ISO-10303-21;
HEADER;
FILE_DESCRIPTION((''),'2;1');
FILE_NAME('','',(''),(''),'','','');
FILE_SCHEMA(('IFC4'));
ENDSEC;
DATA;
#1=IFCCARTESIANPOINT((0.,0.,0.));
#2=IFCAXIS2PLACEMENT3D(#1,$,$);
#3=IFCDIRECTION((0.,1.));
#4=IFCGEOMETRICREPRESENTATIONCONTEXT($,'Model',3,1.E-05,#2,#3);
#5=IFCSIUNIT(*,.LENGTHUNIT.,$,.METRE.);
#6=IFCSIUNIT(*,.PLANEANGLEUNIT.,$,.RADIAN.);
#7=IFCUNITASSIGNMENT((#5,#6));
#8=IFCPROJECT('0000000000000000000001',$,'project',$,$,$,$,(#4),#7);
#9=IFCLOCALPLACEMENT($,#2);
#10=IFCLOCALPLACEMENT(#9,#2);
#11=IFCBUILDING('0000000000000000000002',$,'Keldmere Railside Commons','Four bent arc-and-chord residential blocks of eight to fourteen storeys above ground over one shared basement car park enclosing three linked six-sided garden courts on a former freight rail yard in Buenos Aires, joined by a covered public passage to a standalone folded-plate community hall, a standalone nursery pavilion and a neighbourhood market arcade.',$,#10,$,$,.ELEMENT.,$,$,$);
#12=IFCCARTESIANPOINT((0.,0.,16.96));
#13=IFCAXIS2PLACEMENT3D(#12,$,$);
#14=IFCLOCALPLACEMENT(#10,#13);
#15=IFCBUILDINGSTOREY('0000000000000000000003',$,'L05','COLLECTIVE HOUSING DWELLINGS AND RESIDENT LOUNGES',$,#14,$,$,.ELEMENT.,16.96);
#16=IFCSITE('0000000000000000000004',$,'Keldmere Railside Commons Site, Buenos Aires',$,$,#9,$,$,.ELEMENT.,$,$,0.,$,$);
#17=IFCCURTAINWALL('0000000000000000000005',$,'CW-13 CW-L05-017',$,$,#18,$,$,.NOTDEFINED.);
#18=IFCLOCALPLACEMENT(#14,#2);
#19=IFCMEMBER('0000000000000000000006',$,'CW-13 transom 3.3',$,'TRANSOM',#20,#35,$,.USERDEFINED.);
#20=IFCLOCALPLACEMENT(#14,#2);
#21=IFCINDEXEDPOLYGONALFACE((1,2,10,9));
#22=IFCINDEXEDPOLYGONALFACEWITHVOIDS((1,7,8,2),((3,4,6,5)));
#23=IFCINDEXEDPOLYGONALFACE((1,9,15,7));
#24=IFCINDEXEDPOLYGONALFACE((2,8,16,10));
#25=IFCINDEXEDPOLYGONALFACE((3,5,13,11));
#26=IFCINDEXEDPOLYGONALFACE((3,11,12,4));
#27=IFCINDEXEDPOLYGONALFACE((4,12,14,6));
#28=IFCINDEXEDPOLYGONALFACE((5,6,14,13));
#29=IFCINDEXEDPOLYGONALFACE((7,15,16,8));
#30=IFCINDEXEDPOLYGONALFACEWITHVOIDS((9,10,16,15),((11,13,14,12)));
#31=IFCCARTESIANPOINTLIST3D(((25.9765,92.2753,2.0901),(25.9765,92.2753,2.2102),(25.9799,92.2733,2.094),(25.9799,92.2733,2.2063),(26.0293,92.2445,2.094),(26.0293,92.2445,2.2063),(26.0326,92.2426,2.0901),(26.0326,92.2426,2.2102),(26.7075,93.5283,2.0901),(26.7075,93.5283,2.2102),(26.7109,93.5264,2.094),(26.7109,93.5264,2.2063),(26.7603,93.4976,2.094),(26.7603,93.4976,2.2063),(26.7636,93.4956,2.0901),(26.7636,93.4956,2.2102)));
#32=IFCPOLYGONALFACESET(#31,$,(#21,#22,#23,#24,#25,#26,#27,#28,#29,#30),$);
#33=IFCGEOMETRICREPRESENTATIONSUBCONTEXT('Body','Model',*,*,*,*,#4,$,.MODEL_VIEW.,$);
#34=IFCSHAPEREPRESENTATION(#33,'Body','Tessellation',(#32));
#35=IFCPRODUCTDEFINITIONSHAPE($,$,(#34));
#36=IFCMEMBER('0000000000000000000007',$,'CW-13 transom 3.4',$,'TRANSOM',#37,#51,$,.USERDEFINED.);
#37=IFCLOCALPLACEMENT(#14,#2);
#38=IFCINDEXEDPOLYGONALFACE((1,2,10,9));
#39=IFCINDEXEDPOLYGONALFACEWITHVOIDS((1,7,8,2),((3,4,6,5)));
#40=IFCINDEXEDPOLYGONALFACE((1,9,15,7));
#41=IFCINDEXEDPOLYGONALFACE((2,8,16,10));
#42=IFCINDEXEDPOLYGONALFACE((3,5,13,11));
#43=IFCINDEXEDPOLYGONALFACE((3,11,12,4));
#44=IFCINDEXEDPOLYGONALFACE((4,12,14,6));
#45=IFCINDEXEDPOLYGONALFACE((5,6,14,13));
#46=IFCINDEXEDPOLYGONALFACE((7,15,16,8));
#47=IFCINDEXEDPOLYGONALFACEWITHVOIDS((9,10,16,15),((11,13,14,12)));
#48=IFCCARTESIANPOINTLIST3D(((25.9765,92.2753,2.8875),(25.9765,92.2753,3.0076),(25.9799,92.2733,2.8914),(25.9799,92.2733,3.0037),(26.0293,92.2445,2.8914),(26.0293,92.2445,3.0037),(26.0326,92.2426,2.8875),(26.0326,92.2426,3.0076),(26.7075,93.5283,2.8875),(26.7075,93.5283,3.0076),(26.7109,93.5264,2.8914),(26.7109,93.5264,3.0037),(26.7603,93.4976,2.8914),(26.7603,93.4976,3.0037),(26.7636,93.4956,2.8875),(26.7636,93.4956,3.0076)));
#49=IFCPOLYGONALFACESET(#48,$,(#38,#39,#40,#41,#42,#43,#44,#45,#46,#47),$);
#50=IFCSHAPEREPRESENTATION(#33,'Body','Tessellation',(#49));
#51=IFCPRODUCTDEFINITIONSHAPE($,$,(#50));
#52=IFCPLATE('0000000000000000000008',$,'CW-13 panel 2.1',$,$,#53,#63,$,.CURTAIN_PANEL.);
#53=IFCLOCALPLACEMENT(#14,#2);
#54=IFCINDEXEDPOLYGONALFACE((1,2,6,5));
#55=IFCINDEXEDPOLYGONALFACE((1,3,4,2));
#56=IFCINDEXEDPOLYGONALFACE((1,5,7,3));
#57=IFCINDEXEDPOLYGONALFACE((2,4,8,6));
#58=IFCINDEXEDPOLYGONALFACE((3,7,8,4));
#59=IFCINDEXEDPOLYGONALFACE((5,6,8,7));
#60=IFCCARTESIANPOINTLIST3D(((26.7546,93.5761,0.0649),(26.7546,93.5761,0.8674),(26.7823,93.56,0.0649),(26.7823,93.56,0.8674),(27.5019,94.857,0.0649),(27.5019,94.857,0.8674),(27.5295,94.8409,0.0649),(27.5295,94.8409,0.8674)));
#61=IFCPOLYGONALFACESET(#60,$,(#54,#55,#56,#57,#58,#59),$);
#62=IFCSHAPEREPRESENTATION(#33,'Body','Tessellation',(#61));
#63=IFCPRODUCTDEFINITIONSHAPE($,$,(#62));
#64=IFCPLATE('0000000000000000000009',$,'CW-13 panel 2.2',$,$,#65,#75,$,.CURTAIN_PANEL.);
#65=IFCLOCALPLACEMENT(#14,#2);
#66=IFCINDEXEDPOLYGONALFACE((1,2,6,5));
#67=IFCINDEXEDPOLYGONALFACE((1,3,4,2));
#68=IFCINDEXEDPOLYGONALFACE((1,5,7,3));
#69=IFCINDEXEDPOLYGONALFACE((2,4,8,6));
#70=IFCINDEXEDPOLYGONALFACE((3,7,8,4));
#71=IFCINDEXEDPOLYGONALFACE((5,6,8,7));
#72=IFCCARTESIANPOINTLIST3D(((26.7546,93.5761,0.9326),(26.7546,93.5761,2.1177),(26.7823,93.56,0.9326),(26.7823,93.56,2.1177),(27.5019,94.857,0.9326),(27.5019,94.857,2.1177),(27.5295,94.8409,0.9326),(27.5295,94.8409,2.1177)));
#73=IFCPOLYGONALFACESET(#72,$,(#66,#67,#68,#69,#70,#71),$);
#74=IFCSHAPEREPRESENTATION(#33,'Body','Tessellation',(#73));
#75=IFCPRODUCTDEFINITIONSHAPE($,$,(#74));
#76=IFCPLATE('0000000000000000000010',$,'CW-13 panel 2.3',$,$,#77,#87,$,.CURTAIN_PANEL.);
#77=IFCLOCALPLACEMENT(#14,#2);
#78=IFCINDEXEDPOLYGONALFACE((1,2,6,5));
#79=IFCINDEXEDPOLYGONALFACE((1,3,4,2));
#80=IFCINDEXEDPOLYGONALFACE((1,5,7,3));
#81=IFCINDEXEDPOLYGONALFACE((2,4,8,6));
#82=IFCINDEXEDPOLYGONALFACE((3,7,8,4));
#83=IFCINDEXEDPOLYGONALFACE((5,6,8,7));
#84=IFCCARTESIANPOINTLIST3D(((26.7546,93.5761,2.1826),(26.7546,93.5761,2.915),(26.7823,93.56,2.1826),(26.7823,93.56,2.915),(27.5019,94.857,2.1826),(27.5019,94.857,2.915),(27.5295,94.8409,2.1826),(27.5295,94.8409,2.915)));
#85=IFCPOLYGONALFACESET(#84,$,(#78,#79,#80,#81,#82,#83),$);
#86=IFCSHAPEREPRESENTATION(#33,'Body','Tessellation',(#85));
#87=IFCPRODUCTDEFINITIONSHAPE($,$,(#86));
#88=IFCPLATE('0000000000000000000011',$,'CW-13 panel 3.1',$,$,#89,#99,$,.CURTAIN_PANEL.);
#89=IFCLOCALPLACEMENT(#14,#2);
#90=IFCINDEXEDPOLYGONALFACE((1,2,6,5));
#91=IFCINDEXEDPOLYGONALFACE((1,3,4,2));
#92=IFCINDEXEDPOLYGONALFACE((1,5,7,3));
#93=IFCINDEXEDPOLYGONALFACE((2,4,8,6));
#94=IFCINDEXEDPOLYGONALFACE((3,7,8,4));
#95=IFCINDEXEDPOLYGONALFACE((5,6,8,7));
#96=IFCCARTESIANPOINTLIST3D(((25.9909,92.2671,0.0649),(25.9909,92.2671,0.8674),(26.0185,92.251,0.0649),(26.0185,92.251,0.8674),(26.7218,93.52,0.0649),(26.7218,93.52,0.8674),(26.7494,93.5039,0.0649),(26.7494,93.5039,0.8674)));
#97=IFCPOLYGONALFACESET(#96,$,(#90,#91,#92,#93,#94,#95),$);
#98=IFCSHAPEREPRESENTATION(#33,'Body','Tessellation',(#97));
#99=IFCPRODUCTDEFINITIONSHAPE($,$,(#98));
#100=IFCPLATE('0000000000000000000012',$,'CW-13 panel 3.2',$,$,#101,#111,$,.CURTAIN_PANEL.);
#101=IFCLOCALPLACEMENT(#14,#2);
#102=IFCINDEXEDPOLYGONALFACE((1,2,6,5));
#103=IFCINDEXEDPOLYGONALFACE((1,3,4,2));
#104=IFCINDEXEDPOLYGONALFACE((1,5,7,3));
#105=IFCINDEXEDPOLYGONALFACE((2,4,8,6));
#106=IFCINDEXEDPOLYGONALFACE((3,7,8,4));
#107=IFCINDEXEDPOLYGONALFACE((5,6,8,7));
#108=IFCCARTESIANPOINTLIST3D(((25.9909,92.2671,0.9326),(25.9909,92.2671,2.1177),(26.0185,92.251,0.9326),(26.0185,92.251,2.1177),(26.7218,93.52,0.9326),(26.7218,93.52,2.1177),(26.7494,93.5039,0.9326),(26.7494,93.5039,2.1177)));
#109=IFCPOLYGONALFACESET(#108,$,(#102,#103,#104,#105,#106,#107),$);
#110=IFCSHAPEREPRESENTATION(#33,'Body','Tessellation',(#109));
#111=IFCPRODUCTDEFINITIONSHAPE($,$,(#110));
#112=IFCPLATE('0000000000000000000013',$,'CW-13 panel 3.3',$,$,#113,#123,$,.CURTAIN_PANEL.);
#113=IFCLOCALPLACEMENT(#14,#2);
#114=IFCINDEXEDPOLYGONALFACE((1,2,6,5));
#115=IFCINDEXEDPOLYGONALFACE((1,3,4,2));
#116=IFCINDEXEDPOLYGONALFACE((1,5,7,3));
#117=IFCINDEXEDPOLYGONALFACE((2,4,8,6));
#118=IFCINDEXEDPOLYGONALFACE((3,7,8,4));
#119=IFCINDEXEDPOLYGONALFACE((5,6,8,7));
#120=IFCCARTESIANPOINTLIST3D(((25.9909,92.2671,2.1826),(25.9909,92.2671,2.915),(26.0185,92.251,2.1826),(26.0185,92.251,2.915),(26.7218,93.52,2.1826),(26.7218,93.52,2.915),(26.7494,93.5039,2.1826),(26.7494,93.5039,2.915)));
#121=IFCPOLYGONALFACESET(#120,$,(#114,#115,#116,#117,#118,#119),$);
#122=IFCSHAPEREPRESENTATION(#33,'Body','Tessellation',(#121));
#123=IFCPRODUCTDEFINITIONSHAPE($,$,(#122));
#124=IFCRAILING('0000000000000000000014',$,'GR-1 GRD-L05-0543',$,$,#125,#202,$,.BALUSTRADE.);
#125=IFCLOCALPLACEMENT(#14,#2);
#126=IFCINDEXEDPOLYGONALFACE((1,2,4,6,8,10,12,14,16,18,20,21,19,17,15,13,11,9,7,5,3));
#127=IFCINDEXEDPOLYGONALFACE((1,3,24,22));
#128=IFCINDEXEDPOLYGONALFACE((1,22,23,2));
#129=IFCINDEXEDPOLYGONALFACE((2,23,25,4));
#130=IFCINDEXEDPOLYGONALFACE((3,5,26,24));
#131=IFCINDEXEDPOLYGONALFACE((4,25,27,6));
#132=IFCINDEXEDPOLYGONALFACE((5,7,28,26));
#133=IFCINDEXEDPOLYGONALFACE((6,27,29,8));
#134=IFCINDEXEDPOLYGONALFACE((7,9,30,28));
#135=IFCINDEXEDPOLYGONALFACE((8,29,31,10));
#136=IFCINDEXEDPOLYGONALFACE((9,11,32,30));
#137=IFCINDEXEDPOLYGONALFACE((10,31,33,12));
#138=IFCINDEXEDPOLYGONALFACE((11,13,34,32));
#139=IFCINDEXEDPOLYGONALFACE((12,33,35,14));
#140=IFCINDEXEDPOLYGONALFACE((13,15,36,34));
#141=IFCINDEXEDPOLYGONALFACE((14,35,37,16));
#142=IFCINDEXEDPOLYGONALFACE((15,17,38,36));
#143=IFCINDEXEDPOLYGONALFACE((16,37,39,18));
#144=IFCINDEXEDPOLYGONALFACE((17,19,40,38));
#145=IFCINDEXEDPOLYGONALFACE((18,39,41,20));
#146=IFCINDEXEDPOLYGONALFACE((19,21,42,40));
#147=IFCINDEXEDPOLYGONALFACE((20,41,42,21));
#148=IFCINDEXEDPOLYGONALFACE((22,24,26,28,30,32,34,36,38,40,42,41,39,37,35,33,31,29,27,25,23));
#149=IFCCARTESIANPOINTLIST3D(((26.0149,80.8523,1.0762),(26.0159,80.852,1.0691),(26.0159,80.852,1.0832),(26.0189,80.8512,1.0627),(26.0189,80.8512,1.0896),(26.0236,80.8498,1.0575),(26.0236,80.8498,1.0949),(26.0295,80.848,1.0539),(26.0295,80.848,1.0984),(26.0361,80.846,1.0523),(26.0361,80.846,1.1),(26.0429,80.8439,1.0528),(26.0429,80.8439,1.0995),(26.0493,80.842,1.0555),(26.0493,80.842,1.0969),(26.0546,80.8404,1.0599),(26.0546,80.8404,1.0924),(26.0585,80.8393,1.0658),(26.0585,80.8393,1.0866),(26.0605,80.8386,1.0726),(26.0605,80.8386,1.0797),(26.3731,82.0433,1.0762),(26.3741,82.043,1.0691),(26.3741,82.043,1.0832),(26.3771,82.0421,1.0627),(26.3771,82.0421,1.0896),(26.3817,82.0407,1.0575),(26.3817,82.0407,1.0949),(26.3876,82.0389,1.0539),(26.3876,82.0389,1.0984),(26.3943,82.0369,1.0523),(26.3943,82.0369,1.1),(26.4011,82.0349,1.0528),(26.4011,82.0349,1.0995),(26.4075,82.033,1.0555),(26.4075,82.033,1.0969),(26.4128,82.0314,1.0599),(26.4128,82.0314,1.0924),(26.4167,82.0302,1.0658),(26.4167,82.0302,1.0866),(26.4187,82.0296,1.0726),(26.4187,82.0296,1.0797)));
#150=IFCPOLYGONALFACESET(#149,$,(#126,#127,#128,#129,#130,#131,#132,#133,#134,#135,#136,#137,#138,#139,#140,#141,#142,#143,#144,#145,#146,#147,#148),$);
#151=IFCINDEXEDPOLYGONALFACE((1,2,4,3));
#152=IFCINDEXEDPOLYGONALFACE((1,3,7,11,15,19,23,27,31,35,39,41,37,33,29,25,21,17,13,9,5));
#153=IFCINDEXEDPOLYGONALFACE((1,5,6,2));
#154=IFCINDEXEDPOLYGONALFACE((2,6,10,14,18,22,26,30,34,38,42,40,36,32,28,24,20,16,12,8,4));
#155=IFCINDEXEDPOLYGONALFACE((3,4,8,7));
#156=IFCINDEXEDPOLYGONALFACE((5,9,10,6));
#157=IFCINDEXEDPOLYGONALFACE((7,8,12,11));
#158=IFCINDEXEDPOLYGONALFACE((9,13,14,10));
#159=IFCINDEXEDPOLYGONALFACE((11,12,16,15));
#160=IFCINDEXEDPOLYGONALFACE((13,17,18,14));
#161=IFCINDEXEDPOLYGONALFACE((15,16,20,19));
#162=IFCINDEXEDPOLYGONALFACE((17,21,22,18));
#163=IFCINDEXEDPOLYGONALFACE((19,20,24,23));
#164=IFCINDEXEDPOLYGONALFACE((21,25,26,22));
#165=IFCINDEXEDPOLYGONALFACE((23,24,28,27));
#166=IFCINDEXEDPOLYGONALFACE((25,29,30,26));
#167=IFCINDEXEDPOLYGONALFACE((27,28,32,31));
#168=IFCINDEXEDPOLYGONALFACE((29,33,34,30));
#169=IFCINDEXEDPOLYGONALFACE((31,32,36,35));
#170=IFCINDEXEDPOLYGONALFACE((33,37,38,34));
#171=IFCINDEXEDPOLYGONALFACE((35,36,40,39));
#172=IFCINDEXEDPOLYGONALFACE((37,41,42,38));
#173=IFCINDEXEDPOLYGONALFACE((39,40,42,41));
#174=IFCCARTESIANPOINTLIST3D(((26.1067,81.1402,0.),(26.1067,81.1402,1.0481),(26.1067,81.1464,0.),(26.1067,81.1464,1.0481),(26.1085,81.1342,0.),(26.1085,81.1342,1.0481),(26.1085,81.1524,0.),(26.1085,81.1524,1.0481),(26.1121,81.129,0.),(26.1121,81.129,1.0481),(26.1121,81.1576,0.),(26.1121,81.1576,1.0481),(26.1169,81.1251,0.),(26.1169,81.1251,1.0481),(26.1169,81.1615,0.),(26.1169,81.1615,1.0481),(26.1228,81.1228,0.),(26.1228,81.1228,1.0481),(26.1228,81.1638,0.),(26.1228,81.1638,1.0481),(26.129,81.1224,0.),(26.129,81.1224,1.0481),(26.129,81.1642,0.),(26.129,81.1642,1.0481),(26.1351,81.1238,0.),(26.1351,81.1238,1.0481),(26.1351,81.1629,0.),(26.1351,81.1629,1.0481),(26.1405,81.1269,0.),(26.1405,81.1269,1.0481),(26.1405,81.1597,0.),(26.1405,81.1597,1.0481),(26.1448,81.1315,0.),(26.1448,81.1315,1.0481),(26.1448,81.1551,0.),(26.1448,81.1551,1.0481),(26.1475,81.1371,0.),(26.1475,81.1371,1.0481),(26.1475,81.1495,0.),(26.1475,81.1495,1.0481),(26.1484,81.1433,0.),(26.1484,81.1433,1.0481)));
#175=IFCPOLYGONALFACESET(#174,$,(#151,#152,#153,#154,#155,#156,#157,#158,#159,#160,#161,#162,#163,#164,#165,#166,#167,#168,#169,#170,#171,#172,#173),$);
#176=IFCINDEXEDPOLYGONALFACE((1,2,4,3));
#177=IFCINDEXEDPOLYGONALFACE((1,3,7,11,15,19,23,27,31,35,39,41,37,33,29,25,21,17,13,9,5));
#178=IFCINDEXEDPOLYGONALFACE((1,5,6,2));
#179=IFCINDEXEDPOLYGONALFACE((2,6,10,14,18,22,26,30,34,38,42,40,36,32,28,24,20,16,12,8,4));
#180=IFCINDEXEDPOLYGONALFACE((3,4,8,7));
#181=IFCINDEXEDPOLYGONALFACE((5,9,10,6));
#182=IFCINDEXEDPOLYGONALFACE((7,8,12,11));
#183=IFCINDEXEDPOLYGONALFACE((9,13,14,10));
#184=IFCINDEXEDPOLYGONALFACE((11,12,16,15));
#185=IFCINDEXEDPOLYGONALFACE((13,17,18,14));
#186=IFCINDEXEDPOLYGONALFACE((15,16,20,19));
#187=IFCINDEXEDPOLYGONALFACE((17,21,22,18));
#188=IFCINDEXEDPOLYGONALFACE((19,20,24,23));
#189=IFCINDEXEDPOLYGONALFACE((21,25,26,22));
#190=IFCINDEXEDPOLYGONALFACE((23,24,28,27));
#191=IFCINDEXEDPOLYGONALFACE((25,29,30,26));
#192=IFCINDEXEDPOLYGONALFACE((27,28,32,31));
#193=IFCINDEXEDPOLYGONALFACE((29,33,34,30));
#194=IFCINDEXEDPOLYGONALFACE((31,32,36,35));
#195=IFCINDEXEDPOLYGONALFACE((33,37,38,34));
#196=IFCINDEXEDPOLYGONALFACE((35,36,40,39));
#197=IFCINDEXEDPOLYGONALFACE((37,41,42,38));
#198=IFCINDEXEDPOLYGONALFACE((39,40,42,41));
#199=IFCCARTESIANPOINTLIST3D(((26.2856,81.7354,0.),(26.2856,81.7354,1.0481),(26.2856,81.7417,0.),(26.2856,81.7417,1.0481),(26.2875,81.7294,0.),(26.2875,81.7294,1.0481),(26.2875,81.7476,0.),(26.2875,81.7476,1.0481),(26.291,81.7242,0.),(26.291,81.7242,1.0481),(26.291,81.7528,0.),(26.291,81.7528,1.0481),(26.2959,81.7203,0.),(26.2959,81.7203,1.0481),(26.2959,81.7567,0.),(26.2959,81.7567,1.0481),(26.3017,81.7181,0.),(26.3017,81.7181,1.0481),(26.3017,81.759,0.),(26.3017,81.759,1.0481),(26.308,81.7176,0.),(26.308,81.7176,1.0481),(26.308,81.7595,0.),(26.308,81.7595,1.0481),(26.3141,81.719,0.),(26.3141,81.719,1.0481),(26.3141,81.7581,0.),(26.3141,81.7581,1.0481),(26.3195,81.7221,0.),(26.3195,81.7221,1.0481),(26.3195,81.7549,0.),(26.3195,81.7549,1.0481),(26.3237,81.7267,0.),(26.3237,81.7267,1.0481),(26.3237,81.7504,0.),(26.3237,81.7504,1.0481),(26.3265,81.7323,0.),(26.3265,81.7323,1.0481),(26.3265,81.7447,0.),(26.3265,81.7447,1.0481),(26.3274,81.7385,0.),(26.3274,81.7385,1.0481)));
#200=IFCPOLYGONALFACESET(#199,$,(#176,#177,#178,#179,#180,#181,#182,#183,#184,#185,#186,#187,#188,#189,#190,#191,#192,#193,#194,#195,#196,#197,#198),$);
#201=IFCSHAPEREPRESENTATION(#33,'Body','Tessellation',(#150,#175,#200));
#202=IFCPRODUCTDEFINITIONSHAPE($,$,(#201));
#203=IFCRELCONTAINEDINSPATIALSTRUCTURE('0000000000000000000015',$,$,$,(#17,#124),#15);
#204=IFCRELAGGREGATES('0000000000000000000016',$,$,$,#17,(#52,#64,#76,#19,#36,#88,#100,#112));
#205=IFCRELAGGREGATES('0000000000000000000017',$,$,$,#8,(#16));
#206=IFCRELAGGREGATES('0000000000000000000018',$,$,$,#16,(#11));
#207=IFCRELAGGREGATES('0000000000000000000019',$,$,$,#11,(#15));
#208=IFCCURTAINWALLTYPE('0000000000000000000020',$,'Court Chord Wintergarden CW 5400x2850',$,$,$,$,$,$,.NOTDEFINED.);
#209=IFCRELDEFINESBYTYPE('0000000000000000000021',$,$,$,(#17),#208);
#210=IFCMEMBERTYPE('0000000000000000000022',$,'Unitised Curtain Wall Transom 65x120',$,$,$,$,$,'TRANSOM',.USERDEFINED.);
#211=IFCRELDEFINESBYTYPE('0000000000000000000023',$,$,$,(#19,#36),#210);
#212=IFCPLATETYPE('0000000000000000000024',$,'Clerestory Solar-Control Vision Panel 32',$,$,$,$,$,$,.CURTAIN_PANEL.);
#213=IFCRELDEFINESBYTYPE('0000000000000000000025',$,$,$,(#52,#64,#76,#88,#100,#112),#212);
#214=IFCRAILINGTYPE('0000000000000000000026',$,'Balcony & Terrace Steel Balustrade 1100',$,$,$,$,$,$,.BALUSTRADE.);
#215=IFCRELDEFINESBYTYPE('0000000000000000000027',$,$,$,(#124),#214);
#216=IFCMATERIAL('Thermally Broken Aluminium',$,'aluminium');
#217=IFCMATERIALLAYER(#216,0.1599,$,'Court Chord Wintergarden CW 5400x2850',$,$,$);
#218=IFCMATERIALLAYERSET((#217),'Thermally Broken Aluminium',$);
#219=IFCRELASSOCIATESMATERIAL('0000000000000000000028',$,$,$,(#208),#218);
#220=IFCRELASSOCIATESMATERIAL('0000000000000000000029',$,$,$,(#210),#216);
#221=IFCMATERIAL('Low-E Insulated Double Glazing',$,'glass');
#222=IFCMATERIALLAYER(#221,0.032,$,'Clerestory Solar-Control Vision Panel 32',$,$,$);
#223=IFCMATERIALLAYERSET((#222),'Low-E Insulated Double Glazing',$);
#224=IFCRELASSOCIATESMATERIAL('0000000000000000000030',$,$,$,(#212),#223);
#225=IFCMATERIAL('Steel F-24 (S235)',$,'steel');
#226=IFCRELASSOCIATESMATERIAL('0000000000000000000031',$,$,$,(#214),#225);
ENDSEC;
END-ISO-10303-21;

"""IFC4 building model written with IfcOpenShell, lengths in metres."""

from ifc_helpers import new_model, si_unit, direction, frame, origin, origin_2d, place, context, subcontext, project, spatial, rectangle, hollow_rectangle, circle, extrude, material, layer, layer_set, material_profile, profile_set, type_object, element, aggregate, save


model = new_model("IFC4")

# Units and contexts
model_context = context("Model", 3, precision=1e-05, world=origin(), true_north=direction((0.0, 1.0)))
body_context = subcontext(model_context, "Body", "Model", "MODEL_VIEW")
ifc_project = project(units=[si_unit("LENGTHUNIT", "METRE"), si_unit("PLANEANGLEUNIT", "RADIAN")], contexts=[model_context])

# Site, building, storey
site_placement = place(None, origin())
site = spatial("IfcSite", under=ifc_project, at=site_placement, Name="Keldmere Railside Commons Site, Buenos Aires", CompositionType="ELEMENT", RefElevation=0.0)
building_placement = place(site_placement, origin())
building = spatial("IfcBuilding", under=site, at=building_placement, Name="Keldmere Railside Commons", Description="Four bent arc-and-chord residential blocks of eight to fourteen storeys above ground over one shared basement car park enclosing three linked six-sided garden courts on a former freight rail yard in Buenos Aires, joined by a covered public passage to a standalone folded-plate community hall, a standalone nursery pavilion and a neighbourhood market arcade.", CompositionType="ELEMENT")
storey_placement = place(building_placement, frame((0.0, 0.0, 16.96)))
storey = spatial("IfcBuildingStorey", under=building, at=storey_placement, Name="L05", Description="COLLECTIVE HOUSING DWELLINGS AND RESIDENT LOUNGES", CompositionType="ELEMENT", Elevation=16.96)

# Shared definitions
ifc_material_1 = material(Name="Thermally Broken Aluminium", Category="aluminium")

# Curtain wall
ifc_layer_1 = layer(ifc_material_1, 0.1599, Name="Court Chord Wintergarden CW 5400x2850")
ifc_layer_set_1 = layer_set([ifc_layer_1], Name="Thermally Broken Aluminium")
curtain_wall_type_1 = type_object("IfcCurtainWallType", Name="Court Chord Wintergarden CW 5400x2850", PredefinedType="NOTDEFINED", material=ifc_layer_set_1)
curtain_wall_1_placement = place(storey_placement, origin())
curtain_wall_1 = element("IfcCurtainWall", 1, at=curtain_wall_1_placement, inside=storey, type_object=curtain_wall_type_1, Name="CW-13 CW-L05-017", PredefinedType="NOTDEFINED")

# Members
ifc_material_profile_1 = material_profile(ifc_material_1, hollow_rectangle(XDim=0.0649, YDim=0.1201, WallThickness=0.0039, at=origin_2d()), Name="ALU-TRAN-65x120")
ifc_profile_set_1 = profile_set([ifc_material_profile_1], Name="Thermally Broken Aluminium")
member_type_1 = type_object("IfcMemberType", Name="Unitised Curtain Wall Transom 65x120", ElementType="TRANSOM", PredefinedType="USERDEFINED", material=ifc_profile_set_1)
member_1_placement = place(storey_placement, frame((26.7356, 93.512, 2.1501), z_axis=(-0.503913, -0.863754, 0.0), x_axis=(0.863754, -0.503913, 0.0)))
member_1 = element("IfcMember", 2, at=member_1_placement, type_object=member_type_1, Name="CW-13 transom 3.3", ObjectType="TRANSOM", PredefinedType="USERDEFINED", context=body_context, shape_type="SweptSolid", body=[
    extrude(hollow_rectangle(XDim=0.0649, YDim=0.1201, WallThickness=0.0039, at=origin_2d()), origin(), (0.0, 0.0, 1.0), 1.4507),
])
member_2_placement = place(storey_placement, frame((26.7356, 93.512, 2.9475), z_axis=(-0.503913, -0.863754, 0.0), x_axis=(0.863754, -0.503913, 0.0)))
member_2 = element("IfcMember", 3, at=member_2_placement, type_object=member_type_1, Name="CW-13 transom 3.4", ObjectType="TRANSOM", PredefinedType="USERDEFINED", context=body_context, shape_type="SweptSolid", body=[
    extrude(hollow_rectangle(XDim=0.0649, YDim=0.1201, WallThickness=0.0039, at=origin_2d()), origin(), (0.0, 0.0, 1.0), 1.4507),
])

# Plates
ifc_material_2 = material(Name="Low-E Insulated Double Glazing", Category="glass")
ifc_layer_2 = layer(ifc_material_2, 0.032, Name="Clerestory Solar-Control Vision Panel 32")
ifc_layer_set_2 = layer_set([ifc_layer_2], Name="Low-E Insulated Double Glazing")
plate_type = type_object("IfcPlateType", Name="Clerestory Solar-Control Vision Panel 32", PredefinedType="CURTAIN_PANEL", material=ifc_layer_set_2)
plate_1_placement = place(storey_placement, frame((27.1421, 94.2085, 0.0649), z_axis=(0.0, 0.0, 1.0), x_axis=(-0.503911, -0.863755, 0.0)))
plate_1 = element("IfcPlate", 4, at=plate_1_placement, type_object=plate_type, Name="CW-13 panel 2.1", PredefinedType="CURTAIN_PANEL", context=body_context, shape_type="SweptSolid", body=[
    extrude(rectangle(XDim=1.4829, YDim=0.032, at=origin_2d()), origin(), (0.0, 0.0, 1.0), 0.8025),
])
plate_2_placement = place(storey_placement, frame((27.1421, 94.2085, 0.9326), z_axis=(0.0, 0.0, 1.0), x_axis=(-0.503911, -0.863755, 0.0)))
plate_2 = element("IfcPlate", 5, at=plate_2_placement, type_object=plate_type, Name="CW-13 panel 2.2", PredefinedType="CURTAIN_PANEL", context=body_context, shape_type="SweptSolid", body=[
    extrude(rectangle(XDim=1.4829, YDim=0.032, at=origin_2d()), origin(), (0.0, 0.0, 1.0), 1.1851),
])
plate_3_placement = place(storey_placement, frame((27.1421, 94.2085, 2.1826), z_axis=(0.0, 0.0, 1.0), x_axis=(-0.503911, -0.863755, 0.0)))
plate_3 = element("IfcPlate", 6, at=plate_3_placement, type_object=plate_type, Name="CW-13 panel 2.3", PredefinedType="CURTAIN_PANEL", context=body_context, shape_type="SweptSolid", body=[
    extrude(rectangle(XDim=1.4829, YDim=0.032, at=origin_2d()), origin(), (0.0, 0.0, 1.0), 0.7324),
])
plate_4_placement = place(storey_placement, frame((26.3701, 92.8855, 0.0649), z_axis=(0.0, 0.0, 1.0), x_axis=(-0.503911, -0.863755, 0.0)))
plate_4 = element("IfcPlate", 7, at=plate_4_placement, type_object=plate_type, Name="CW-13 panel 3.1", PredefinedType="CURTAIN_PANEL", context=body_context, shape_type="SweptSolid", body=[
    extrude(rectangle(XDim=1.4504, YDim=0.032, at=origin_2d()), origin(), (0.0, 0.0, 1.0), 0.8025),
])
plate_5_placement = place(storey_placement, frame((26.3701, 92.8855, 0.9326), z_axis=(0.0, 0.0, 1.0), x_axis=(-0.503911, -0.863755, 0.0)))
plate_5 = element("IfcPlate", 8, at=plate_5_placement, type_object=plate_type, Name="CW-13 panel 3.2", PredefinedType="CURTAIN_PANEL", context=body_context, shape_type="SweptSolid", body=[
    extrude(rectangle(XDim=1.4504, YDim=0.032, at=origin_2d()), origin(), (0.0, 0.0, 1.0), 1.1851),
])
plate_6_placement = place(storey_placement, frame((26.3701, 92.8855, 2.1826), z_axis=(0.0, 0.0, 1.0), x_axis=(-0.503911, -0.863755, 0.0)))
plate_6 = element("IfcPlate", 9, at=plate_6_placement, type_object=plate_type, Name="CW-13 panel 3.3", PredefinedType="CURTAIN_PANEL", context=body_context, shape_type="SweptSolid", body=[
    extrude(rectangle(XDim=1.4504, YDim=0.032, at=origin_2d()), origin(), (0.0, 0.0, 1.0), 0.7324),
])
aggregate(curtain_wall_1, [plate_1, plate_2, plate_3, member_1, member_2, plate_4, plate_5, plate_6])

# Railing
ifc_material_3 = material(Name="Steel F-24 (S235)", Category="steel")
railing_type = type_object("IfcRailingType", Name="Balcony & Terrace Steel Balustrade 1100", PredefinedType="BALUSTRADE", material=ifc_material_3)
railing_1_placement = place(storey_placement, frame((26.0378, 80.8455, 0.0)))
element("IfcRailing", 10, at=railing_1_placement, inside=storey, type_object=railing_type, Name="GR-1 GRD-L05-0543", PredefinedType="BALUSTRADE", context=body_context, shape_type="SweptSolid", body=[
    extrude(circle(Radius=0.0239, at=origin_2d()), frame((0.0, 0.0, 1.0762), z_axis=(0.287996, 0.957632, 0.0), x_axis=(-0.957632, 0.287996, 0.0)), (0.0, 0.0, 1.0), 1.2437),
    extrude(circle(Radius=0.021, at=origin_2d()), frame((0.0896, 0.2979, 0.0)), (0.0, 0.0, 1.0), 1.0481),
    extrude(circle(Radius=0.021, at=origin_2d()), frame((0.2686, 0.8931, 0.0)), (0.0, 0.0, 1.0), 1.0481),
])

save(model, "model.ifc")
